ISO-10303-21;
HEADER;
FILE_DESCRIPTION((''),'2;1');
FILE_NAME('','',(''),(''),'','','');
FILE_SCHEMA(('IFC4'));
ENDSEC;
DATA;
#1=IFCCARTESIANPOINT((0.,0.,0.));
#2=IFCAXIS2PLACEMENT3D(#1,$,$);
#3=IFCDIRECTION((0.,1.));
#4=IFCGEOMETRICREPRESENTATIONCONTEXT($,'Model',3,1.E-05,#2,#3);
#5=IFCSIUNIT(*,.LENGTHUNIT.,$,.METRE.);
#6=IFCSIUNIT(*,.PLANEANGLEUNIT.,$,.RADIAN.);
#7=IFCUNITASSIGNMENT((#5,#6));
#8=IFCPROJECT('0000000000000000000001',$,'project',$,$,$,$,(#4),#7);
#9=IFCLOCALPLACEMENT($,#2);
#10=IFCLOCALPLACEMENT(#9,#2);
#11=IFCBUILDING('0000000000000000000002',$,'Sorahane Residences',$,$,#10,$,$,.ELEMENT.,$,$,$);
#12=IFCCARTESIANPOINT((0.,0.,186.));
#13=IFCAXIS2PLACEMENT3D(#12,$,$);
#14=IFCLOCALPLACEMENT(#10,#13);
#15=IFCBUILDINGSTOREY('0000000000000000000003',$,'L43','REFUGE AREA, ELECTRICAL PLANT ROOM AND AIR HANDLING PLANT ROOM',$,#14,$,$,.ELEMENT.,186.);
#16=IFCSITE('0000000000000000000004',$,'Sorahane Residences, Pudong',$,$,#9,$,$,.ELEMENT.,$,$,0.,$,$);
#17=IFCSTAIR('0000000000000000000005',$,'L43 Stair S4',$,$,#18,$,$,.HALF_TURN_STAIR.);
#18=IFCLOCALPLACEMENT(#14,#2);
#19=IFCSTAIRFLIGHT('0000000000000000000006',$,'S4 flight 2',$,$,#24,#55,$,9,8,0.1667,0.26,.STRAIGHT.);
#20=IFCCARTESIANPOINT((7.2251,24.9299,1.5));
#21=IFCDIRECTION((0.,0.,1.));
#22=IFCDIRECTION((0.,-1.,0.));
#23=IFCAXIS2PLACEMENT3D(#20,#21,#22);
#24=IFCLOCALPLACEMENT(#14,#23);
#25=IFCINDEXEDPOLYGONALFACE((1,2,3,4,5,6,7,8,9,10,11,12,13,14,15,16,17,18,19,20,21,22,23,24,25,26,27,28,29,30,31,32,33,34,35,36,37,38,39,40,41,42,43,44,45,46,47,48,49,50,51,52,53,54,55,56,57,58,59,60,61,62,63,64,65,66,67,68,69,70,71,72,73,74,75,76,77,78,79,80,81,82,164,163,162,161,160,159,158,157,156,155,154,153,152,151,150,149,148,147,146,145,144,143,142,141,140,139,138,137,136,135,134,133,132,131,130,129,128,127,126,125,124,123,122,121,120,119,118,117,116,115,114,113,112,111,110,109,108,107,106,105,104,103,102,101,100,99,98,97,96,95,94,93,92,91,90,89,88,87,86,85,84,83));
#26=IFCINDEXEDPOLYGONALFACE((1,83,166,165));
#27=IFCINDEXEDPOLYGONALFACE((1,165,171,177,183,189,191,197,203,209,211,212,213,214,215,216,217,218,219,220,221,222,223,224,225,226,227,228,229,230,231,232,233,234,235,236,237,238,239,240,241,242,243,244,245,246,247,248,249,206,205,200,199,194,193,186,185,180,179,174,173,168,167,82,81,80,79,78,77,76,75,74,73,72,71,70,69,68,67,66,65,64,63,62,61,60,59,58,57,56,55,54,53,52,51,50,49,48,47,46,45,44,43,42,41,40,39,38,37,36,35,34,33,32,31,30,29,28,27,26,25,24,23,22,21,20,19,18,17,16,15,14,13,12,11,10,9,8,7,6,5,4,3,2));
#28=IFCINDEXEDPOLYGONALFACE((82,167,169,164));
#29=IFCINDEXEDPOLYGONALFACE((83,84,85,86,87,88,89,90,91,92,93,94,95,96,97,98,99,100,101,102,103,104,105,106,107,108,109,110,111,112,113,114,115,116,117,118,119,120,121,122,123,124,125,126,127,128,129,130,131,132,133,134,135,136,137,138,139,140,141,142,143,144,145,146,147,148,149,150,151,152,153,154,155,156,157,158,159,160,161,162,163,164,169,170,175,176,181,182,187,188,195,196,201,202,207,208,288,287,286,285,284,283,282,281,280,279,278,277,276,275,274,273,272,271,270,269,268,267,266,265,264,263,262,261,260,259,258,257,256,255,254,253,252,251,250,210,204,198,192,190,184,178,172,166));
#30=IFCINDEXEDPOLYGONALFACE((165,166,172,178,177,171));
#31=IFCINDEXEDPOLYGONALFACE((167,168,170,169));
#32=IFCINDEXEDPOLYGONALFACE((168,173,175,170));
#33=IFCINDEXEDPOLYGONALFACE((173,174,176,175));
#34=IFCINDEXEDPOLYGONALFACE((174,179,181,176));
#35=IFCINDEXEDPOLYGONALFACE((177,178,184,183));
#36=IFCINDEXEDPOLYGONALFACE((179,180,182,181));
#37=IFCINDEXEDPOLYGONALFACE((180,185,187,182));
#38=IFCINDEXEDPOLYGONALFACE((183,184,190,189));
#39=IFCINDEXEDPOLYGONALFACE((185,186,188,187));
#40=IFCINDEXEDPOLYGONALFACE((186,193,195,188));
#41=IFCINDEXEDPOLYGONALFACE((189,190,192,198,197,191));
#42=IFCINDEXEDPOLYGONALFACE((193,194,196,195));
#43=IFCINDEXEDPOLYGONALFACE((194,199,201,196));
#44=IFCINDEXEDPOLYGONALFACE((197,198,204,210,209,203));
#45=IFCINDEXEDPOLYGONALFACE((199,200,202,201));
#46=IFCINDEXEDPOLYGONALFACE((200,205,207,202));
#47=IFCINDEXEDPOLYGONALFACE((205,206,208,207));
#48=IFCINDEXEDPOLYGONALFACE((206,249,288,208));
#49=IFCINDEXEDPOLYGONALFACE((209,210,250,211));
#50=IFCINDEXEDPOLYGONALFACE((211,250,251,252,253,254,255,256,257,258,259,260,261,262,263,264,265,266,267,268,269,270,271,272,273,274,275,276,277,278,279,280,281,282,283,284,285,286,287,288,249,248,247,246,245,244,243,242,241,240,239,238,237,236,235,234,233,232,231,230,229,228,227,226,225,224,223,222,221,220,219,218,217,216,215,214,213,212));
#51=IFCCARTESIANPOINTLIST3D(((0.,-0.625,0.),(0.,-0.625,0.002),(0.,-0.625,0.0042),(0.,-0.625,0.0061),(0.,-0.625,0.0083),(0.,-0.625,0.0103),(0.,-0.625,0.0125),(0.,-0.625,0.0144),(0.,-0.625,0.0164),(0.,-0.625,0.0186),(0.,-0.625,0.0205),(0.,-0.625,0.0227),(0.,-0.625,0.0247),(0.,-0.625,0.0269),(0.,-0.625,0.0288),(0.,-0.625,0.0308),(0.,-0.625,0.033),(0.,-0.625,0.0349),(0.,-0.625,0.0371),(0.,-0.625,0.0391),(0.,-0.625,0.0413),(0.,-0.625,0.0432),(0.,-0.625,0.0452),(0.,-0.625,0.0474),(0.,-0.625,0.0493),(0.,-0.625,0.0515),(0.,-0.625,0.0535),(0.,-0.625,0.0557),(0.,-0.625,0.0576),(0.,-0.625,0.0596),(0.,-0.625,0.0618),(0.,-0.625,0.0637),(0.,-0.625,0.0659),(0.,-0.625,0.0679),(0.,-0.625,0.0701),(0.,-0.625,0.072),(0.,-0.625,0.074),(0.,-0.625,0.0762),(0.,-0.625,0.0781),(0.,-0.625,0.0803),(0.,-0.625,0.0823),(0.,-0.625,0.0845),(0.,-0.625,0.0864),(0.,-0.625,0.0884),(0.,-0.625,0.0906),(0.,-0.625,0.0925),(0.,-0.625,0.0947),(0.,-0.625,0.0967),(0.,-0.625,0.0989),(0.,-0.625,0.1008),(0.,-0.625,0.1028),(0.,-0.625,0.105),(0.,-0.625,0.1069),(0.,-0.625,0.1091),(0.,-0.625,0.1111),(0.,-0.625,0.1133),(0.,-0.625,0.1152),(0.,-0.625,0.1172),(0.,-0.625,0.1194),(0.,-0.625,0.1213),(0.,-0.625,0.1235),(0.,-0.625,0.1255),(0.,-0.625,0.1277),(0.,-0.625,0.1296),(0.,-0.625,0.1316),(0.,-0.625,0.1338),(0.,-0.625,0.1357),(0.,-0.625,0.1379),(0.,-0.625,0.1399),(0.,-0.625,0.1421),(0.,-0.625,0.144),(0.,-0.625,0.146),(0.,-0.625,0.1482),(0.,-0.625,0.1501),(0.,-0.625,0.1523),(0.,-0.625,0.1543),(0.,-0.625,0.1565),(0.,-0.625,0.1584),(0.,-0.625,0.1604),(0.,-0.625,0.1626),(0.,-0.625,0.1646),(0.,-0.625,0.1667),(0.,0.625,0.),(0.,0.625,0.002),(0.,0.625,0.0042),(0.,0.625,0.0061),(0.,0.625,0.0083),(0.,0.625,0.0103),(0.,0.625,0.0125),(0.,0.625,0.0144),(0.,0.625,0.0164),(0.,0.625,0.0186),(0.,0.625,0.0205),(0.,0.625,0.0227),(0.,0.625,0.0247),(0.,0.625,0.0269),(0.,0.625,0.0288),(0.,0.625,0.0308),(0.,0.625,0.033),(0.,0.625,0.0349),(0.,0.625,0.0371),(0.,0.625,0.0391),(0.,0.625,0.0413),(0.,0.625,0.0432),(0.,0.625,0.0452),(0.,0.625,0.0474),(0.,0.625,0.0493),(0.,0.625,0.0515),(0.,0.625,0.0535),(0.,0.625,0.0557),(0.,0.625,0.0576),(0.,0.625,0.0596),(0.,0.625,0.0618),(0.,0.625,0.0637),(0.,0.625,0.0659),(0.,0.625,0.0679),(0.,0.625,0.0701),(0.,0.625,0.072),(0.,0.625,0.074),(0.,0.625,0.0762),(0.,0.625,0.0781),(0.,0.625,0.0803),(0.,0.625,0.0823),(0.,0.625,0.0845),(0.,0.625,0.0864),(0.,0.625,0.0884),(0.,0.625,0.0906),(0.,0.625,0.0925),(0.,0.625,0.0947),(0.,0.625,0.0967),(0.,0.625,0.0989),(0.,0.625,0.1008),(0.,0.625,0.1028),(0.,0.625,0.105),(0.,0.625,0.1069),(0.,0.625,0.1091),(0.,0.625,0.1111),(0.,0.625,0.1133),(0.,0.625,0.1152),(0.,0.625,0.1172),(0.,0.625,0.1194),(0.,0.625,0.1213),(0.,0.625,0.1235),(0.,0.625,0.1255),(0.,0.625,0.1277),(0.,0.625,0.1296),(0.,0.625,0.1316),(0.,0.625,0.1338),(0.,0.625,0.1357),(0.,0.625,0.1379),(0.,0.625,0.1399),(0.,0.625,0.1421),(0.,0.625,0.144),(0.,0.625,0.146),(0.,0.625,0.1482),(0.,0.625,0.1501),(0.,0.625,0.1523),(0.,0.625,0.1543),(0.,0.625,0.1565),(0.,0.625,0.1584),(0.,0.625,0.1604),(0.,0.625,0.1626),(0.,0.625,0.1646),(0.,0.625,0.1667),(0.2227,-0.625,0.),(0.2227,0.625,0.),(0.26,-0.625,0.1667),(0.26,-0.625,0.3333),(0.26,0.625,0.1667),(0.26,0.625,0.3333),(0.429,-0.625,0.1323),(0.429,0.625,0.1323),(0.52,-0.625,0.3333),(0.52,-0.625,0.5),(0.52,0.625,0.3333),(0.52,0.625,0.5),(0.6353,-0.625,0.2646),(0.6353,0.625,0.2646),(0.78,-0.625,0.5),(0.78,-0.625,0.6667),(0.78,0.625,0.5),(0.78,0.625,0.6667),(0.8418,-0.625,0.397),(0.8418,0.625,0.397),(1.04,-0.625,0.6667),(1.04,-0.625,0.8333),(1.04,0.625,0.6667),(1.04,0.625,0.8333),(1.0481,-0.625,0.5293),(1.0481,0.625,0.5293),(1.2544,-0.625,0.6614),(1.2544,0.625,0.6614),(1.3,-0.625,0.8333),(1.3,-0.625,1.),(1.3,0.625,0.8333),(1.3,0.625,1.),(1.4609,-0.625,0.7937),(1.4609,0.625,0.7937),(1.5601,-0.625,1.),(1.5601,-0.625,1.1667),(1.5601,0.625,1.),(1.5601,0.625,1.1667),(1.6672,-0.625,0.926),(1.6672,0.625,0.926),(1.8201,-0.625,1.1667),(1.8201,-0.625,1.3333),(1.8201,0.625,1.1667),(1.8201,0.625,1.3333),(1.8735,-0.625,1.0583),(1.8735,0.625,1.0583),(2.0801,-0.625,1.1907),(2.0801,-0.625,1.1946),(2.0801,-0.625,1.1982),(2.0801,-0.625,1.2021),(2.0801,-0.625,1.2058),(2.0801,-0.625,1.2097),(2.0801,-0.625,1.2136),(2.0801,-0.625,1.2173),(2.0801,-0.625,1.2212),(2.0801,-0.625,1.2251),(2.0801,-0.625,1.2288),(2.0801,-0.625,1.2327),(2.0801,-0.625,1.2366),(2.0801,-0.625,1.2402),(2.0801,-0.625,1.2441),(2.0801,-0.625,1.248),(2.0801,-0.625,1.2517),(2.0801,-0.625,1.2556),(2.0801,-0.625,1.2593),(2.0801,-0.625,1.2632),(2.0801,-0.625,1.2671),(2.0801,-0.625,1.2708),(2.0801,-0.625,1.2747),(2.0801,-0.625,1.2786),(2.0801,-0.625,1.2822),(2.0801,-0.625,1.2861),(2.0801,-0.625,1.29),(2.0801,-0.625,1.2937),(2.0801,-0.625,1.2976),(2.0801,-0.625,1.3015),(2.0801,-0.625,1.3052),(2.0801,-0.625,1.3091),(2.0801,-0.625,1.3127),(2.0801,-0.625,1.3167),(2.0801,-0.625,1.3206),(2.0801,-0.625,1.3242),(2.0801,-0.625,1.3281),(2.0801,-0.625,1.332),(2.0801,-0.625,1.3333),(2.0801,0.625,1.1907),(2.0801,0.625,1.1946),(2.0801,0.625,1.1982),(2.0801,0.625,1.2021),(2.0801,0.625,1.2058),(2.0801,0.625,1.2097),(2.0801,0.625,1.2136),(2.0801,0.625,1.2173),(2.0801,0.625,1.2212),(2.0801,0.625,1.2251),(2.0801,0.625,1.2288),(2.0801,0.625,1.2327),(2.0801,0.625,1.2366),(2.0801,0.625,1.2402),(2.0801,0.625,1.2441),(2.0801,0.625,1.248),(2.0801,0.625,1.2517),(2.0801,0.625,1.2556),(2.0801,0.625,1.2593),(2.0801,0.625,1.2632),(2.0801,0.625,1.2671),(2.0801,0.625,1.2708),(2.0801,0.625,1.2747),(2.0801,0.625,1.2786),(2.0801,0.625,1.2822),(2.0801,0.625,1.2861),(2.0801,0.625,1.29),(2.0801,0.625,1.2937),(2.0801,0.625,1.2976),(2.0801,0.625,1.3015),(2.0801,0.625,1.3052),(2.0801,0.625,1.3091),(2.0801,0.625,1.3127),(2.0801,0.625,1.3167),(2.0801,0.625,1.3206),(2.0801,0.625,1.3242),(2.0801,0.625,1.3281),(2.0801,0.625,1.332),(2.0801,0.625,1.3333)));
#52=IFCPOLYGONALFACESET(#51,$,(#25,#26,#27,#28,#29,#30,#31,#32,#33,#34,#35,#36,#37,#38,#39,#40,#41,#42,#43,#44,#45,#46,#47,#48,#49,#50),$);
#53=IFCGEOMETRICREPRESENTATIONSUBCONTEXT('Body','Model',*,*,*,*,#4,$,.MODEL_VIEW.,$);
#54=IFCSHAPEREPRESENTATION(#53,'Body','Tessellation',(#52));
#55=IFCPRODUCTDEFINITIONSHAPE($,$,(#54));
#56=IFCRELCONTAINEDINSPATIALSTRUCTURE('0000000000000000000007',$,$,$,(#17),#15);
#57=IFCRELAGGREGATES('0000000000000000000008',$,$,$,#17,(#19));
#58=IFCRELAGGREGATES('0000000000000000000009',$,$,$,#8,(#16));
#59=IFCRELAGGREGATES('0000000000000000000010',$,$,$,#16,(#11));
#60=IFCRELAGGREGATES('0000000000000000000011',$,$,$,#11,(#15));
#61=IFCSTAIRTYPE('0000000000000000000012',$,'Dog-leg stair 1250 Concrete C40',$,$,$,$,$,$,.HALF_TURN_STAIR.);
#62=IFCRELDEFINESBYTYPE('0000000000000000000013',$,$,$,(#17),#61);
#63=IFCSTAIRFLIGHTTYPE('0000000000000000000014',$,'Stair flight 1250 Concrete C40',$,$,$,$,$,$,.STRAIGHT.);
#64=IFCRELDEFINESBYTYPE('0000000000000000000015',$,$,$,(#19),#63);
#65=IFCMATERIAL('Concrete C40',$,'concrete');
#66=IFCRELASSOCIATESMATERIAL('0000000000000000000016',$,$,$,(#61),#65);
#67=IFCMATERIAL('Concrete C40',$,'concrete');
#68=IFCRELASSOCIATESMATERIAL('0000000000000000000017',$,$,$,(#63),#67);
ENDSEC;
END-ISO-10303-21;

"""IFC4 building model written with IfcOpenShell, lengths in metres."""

from ifc_helpers import new_model, si_unit, direction, frame, origin, place, context, subcontext, project, spatial, polyline, outline, extrude, material, type_object, element, aggregate, save


model = new_model("IFC4")

# Units and contexts
model_context = context("Model", 3, precision=1e-05, world=origin(), true_north=direction((0.0, 1.0)))
body_context = subcontext(model_context, "Body", "Model", "MODEL_VIEW")
ifc_project = project(units=[si_unit("LENGTHUNIT", "METRE"), si_unit("PLANEANGLEUNIT", "RADIAN")], contexts=[model_context])

# Site, building, storey
site_placement = place(None, origin())
site = spatial("IfcSite", under=ifc_project, at=site_placement, Name="Sorahane Residences, Pudong", CompositionType="ELEMENT", RefElevation=0.0)
building_placement = place(site_placement, origin())
building = spatial("IfcBuilding", under=site, at=building_placement, Name="Sorahane Residences", CompositionType="ELEMENT")
storey_placement = place(building_placement, frame((0.0, 0.0, 186.0)))
storey = spatial("IfcBuildingStorey", under=building, at=storey_placement, Name="L43", Description="REFUGE AREA, ELECTRICAL PLANT ROOM AND AIR HANDLING PLANT ROOM", CompositionType="ELEMENT", Elevation=186.0)

# Stair, stair flight
ifc_material_1 = material(Name="Concrete C40", Category="concrete")
stair_type = type_object("IfcStairType", Name="Dog-leg stair 1250 Concrete C40", PredefinedType="HALF_TURN_STAIR", material=ifc_material_1)
stair_placement = place(storey_placement, origin())
stair = element("IfcStair", 1, at=stair_placement, inside=storey, type_object=stair_type, Name="L43 Stair S4", PredefinedType="HALF_TURN_STAIR")
ifc_material_2 = material(Name="Concrete C40", Category="concrete")
stair_flight_type = type_object("IfcStairFlightType", Name="Stair flight 1250 Concrete C40", PredefinedType="STRAIGHT", material=ifc_material_2)
stair_flight_1_placement = place(storey_placement, frame((7.2251, 24.9299, 1.5), z_axis=(0.0, 0.0, 1.0), x_axis=(0.0, -1.0, 0.0)))
stair_flight_1 = element("IfcStairFlight", 2, at=stair_flight_1_placement, type_object=stair_flight_type, Name="S4 flight 2", NumberOfRisers=9, NumberOfTreads=8, PredefinedType="STRAIGHT", RiserHeight=0.1667, TreadLength=0.26, context=body_context, shape_type="SweptSolid", body=[
    extrude(outline(polyline([(0.0, 0.0), (0.0, 0.002), (0.0, 0.0042), (0.0, 0.0061), (0.0, 0.0083), (0.0, 0.0103), (0.0, 0.0125), (0.0, 0.0144), (0.0, 0.0164), (0.0, 0.0186), (0.0, 0.0205), (0.0, 0.0227), (0.0, 0.0247), (0.0, 0.0269), (0.0, 0.0288), (0.0, 0.0308), (0.0, 0.033), (0.0, 0.0349), (0.0, 0.0371), (0.0, 0.0391), (0.0, 0.0413), (0.0, 0.0432), (0.0, 0.0452), (0.0, 0.0474), (0.0, 0.0493), (0.0, 0.0515), (0.0, 0.0535), (0.0, 0.0557), (0.0, 0.0576), (0.0, 0.0596), (0.0, 0.0618), (0.0, 0.0637), (0.0, 0.0659), (0.0, 0.0679), (0.0, 0.0701), (0.0, 0.072), (0.0, 0.074), (0.0, 0.0762), (0.0, 0.0781), (0.0, 0.0803), (0.0, 0.0823), (0.0, 0.0845), (0.0, 0.0864), (0.0, 0.0884), (0.0, 0.0906), (0.0, 0.0925), (0.0, 0.0947), (0.0, 0.0967), (0.0, 0.0989), (0.0, 0.1008), (0.0, 0.1028), (0.0, 0.105), (0.0, 0.1069), (0.0, 0.1091), (0.0, 0.1111), (0.0, 0.1133), (0.0, 0.1152), (0.0, 0.1172), (0.0, 0.1194), (0.0, 0.1213), (0.0, 0.1235), (0.0, 0.1255), (0.0, 0.1277), (0.0, 0.1296), (0.0, 0.1316), (0.0, 0.1338), (0.0, 0.1357), (0.0, 0.1379), (0.0, 0.1399), (0.0, 0.1421), (0.0, 0.144), (0.0, 0.146), (0.0, 0.1482), (0.0, 0.1501), (0.0, 0.1523), (0.0, 0.1543), (0.0, 0.1565), (0.0, 0.1584), (0.0, 0.1604), (0.0, 0.1626), (0.0, 0.1646), (0.0, 0.1667), (0.26, 0.1667), (0.26, 0.3333), (0.52, 0.3333), (0.52, 0.5), (0.78, 0.5), (0.78, 0.6667), (1.04, 0.6667), (1.04, 0.8333), (1.3, 0.8333), (1.3, 1.0), (1.5601, 1.0), (1.5601, 1.1667), (1.8201, 1.1667), (1.8201, 1.3333), (2.0801, 1.3333), (2.0801, 1.5), (2.0801, 1.4961), (2.0801, 1.4924), (2.0801, 1.4885), (2.0801, 1.4846), (2.0801, 1.481), (2.0801, 1.4771), (2.0801, 1.4731), (2.0801, 1.4695), (2.0801, 1.4656), (2.0801, 1.4619), (2.0801, 1.458), (2.0801, 1.4541), (2.0801, 1.4504), (2.0801, 1.4465), (2.0801, 1.4426), (2.0801, 1.439), (2.0801, 1.4351), (2.0801, 1.4312), (2.0801, 1.4275), (2.0801, 1.4236), (2.0801, 1.4197), (2.0801, 1.416), (2.0801, 1.4121), (2.0801, 1.4084), (2.0801, 1.4045), (2.0801, 1.4006), (2.0801, 1.397), (2.0801, 1.3931), (2.0801, 1.3892), (2.0801, 1.3855), (2.0801, 1.3816), (2.0801, 1.3777), (2.0801, 1.374), (2.0801, 1.3701), (2.0801, 1.3662), (2.0801, 1.3625), (2.0801, 1.3586), (2.0801, 1.355), (2.0801, 1.3511), (2.0801, 1.3472), (2.0801, 1.3435), (2.0801, 1.3396), (2.0801, 1.3357), (2.0801, 1.332), (2.0801, 1.3281), (2.0801, 1.3242), (2.0801, 1.3206), (2.0801, 1.3167), (2.0801, 1.3127), (2.0801, 1.3091), (2.0801, 1.3052), (2.0801, 1.3015), (2.0801, 1.2976), (2.0801, 1.2937), (2.0801, 1.29), (2.0801, 1.2861), (2.0801, 1.2822), (2.0801, 1.2786), (2.0801, 1.2747), (2.0801, 1.2708), (2.0801, 1.2671), (2.0801, 1.2632), (2.0801, 1.2593), (2.0801, 1.2556), (2.0801, 1.2517), (2.0801, 1.248), (2.0801, 1.2441), (2.0801, 1.2402), (2.0801, 1.2366), (2.0801, 1.2327), (2.0801, 1.2288), (2.0801, 1.2251), (2.0801, 1.2212), (2.0801, 1.2173), (2.0801, 1.2136), (2.0801, 1.2097), (2.0801, 1.2058), (2.0801, 1.2021), (2.0801, 1.1982), (2.0801, 1.1946), (2.0801, 1.1907), (1.8735, 1.0583), (1.6672, 0.926), (1.4609, 0.7937), (1.2544, 0.6614), (1.0481, 0.5293), (0.8418, 0.397), (0.6353, 0.2646), (0.429, 0.1323), (0.2227, 0.0), (0.0, 0.0)])), frame((0.0, 0.625, 0.0), z_axis=(0.0, -1.0, 0.0), x_axis=(1.0, 0.0, 0.0)), (0.0, 0.0, 1.0), 1.25),
])
aggregate(stair, [stair_flight_1])

save(model, "model.ifc")
